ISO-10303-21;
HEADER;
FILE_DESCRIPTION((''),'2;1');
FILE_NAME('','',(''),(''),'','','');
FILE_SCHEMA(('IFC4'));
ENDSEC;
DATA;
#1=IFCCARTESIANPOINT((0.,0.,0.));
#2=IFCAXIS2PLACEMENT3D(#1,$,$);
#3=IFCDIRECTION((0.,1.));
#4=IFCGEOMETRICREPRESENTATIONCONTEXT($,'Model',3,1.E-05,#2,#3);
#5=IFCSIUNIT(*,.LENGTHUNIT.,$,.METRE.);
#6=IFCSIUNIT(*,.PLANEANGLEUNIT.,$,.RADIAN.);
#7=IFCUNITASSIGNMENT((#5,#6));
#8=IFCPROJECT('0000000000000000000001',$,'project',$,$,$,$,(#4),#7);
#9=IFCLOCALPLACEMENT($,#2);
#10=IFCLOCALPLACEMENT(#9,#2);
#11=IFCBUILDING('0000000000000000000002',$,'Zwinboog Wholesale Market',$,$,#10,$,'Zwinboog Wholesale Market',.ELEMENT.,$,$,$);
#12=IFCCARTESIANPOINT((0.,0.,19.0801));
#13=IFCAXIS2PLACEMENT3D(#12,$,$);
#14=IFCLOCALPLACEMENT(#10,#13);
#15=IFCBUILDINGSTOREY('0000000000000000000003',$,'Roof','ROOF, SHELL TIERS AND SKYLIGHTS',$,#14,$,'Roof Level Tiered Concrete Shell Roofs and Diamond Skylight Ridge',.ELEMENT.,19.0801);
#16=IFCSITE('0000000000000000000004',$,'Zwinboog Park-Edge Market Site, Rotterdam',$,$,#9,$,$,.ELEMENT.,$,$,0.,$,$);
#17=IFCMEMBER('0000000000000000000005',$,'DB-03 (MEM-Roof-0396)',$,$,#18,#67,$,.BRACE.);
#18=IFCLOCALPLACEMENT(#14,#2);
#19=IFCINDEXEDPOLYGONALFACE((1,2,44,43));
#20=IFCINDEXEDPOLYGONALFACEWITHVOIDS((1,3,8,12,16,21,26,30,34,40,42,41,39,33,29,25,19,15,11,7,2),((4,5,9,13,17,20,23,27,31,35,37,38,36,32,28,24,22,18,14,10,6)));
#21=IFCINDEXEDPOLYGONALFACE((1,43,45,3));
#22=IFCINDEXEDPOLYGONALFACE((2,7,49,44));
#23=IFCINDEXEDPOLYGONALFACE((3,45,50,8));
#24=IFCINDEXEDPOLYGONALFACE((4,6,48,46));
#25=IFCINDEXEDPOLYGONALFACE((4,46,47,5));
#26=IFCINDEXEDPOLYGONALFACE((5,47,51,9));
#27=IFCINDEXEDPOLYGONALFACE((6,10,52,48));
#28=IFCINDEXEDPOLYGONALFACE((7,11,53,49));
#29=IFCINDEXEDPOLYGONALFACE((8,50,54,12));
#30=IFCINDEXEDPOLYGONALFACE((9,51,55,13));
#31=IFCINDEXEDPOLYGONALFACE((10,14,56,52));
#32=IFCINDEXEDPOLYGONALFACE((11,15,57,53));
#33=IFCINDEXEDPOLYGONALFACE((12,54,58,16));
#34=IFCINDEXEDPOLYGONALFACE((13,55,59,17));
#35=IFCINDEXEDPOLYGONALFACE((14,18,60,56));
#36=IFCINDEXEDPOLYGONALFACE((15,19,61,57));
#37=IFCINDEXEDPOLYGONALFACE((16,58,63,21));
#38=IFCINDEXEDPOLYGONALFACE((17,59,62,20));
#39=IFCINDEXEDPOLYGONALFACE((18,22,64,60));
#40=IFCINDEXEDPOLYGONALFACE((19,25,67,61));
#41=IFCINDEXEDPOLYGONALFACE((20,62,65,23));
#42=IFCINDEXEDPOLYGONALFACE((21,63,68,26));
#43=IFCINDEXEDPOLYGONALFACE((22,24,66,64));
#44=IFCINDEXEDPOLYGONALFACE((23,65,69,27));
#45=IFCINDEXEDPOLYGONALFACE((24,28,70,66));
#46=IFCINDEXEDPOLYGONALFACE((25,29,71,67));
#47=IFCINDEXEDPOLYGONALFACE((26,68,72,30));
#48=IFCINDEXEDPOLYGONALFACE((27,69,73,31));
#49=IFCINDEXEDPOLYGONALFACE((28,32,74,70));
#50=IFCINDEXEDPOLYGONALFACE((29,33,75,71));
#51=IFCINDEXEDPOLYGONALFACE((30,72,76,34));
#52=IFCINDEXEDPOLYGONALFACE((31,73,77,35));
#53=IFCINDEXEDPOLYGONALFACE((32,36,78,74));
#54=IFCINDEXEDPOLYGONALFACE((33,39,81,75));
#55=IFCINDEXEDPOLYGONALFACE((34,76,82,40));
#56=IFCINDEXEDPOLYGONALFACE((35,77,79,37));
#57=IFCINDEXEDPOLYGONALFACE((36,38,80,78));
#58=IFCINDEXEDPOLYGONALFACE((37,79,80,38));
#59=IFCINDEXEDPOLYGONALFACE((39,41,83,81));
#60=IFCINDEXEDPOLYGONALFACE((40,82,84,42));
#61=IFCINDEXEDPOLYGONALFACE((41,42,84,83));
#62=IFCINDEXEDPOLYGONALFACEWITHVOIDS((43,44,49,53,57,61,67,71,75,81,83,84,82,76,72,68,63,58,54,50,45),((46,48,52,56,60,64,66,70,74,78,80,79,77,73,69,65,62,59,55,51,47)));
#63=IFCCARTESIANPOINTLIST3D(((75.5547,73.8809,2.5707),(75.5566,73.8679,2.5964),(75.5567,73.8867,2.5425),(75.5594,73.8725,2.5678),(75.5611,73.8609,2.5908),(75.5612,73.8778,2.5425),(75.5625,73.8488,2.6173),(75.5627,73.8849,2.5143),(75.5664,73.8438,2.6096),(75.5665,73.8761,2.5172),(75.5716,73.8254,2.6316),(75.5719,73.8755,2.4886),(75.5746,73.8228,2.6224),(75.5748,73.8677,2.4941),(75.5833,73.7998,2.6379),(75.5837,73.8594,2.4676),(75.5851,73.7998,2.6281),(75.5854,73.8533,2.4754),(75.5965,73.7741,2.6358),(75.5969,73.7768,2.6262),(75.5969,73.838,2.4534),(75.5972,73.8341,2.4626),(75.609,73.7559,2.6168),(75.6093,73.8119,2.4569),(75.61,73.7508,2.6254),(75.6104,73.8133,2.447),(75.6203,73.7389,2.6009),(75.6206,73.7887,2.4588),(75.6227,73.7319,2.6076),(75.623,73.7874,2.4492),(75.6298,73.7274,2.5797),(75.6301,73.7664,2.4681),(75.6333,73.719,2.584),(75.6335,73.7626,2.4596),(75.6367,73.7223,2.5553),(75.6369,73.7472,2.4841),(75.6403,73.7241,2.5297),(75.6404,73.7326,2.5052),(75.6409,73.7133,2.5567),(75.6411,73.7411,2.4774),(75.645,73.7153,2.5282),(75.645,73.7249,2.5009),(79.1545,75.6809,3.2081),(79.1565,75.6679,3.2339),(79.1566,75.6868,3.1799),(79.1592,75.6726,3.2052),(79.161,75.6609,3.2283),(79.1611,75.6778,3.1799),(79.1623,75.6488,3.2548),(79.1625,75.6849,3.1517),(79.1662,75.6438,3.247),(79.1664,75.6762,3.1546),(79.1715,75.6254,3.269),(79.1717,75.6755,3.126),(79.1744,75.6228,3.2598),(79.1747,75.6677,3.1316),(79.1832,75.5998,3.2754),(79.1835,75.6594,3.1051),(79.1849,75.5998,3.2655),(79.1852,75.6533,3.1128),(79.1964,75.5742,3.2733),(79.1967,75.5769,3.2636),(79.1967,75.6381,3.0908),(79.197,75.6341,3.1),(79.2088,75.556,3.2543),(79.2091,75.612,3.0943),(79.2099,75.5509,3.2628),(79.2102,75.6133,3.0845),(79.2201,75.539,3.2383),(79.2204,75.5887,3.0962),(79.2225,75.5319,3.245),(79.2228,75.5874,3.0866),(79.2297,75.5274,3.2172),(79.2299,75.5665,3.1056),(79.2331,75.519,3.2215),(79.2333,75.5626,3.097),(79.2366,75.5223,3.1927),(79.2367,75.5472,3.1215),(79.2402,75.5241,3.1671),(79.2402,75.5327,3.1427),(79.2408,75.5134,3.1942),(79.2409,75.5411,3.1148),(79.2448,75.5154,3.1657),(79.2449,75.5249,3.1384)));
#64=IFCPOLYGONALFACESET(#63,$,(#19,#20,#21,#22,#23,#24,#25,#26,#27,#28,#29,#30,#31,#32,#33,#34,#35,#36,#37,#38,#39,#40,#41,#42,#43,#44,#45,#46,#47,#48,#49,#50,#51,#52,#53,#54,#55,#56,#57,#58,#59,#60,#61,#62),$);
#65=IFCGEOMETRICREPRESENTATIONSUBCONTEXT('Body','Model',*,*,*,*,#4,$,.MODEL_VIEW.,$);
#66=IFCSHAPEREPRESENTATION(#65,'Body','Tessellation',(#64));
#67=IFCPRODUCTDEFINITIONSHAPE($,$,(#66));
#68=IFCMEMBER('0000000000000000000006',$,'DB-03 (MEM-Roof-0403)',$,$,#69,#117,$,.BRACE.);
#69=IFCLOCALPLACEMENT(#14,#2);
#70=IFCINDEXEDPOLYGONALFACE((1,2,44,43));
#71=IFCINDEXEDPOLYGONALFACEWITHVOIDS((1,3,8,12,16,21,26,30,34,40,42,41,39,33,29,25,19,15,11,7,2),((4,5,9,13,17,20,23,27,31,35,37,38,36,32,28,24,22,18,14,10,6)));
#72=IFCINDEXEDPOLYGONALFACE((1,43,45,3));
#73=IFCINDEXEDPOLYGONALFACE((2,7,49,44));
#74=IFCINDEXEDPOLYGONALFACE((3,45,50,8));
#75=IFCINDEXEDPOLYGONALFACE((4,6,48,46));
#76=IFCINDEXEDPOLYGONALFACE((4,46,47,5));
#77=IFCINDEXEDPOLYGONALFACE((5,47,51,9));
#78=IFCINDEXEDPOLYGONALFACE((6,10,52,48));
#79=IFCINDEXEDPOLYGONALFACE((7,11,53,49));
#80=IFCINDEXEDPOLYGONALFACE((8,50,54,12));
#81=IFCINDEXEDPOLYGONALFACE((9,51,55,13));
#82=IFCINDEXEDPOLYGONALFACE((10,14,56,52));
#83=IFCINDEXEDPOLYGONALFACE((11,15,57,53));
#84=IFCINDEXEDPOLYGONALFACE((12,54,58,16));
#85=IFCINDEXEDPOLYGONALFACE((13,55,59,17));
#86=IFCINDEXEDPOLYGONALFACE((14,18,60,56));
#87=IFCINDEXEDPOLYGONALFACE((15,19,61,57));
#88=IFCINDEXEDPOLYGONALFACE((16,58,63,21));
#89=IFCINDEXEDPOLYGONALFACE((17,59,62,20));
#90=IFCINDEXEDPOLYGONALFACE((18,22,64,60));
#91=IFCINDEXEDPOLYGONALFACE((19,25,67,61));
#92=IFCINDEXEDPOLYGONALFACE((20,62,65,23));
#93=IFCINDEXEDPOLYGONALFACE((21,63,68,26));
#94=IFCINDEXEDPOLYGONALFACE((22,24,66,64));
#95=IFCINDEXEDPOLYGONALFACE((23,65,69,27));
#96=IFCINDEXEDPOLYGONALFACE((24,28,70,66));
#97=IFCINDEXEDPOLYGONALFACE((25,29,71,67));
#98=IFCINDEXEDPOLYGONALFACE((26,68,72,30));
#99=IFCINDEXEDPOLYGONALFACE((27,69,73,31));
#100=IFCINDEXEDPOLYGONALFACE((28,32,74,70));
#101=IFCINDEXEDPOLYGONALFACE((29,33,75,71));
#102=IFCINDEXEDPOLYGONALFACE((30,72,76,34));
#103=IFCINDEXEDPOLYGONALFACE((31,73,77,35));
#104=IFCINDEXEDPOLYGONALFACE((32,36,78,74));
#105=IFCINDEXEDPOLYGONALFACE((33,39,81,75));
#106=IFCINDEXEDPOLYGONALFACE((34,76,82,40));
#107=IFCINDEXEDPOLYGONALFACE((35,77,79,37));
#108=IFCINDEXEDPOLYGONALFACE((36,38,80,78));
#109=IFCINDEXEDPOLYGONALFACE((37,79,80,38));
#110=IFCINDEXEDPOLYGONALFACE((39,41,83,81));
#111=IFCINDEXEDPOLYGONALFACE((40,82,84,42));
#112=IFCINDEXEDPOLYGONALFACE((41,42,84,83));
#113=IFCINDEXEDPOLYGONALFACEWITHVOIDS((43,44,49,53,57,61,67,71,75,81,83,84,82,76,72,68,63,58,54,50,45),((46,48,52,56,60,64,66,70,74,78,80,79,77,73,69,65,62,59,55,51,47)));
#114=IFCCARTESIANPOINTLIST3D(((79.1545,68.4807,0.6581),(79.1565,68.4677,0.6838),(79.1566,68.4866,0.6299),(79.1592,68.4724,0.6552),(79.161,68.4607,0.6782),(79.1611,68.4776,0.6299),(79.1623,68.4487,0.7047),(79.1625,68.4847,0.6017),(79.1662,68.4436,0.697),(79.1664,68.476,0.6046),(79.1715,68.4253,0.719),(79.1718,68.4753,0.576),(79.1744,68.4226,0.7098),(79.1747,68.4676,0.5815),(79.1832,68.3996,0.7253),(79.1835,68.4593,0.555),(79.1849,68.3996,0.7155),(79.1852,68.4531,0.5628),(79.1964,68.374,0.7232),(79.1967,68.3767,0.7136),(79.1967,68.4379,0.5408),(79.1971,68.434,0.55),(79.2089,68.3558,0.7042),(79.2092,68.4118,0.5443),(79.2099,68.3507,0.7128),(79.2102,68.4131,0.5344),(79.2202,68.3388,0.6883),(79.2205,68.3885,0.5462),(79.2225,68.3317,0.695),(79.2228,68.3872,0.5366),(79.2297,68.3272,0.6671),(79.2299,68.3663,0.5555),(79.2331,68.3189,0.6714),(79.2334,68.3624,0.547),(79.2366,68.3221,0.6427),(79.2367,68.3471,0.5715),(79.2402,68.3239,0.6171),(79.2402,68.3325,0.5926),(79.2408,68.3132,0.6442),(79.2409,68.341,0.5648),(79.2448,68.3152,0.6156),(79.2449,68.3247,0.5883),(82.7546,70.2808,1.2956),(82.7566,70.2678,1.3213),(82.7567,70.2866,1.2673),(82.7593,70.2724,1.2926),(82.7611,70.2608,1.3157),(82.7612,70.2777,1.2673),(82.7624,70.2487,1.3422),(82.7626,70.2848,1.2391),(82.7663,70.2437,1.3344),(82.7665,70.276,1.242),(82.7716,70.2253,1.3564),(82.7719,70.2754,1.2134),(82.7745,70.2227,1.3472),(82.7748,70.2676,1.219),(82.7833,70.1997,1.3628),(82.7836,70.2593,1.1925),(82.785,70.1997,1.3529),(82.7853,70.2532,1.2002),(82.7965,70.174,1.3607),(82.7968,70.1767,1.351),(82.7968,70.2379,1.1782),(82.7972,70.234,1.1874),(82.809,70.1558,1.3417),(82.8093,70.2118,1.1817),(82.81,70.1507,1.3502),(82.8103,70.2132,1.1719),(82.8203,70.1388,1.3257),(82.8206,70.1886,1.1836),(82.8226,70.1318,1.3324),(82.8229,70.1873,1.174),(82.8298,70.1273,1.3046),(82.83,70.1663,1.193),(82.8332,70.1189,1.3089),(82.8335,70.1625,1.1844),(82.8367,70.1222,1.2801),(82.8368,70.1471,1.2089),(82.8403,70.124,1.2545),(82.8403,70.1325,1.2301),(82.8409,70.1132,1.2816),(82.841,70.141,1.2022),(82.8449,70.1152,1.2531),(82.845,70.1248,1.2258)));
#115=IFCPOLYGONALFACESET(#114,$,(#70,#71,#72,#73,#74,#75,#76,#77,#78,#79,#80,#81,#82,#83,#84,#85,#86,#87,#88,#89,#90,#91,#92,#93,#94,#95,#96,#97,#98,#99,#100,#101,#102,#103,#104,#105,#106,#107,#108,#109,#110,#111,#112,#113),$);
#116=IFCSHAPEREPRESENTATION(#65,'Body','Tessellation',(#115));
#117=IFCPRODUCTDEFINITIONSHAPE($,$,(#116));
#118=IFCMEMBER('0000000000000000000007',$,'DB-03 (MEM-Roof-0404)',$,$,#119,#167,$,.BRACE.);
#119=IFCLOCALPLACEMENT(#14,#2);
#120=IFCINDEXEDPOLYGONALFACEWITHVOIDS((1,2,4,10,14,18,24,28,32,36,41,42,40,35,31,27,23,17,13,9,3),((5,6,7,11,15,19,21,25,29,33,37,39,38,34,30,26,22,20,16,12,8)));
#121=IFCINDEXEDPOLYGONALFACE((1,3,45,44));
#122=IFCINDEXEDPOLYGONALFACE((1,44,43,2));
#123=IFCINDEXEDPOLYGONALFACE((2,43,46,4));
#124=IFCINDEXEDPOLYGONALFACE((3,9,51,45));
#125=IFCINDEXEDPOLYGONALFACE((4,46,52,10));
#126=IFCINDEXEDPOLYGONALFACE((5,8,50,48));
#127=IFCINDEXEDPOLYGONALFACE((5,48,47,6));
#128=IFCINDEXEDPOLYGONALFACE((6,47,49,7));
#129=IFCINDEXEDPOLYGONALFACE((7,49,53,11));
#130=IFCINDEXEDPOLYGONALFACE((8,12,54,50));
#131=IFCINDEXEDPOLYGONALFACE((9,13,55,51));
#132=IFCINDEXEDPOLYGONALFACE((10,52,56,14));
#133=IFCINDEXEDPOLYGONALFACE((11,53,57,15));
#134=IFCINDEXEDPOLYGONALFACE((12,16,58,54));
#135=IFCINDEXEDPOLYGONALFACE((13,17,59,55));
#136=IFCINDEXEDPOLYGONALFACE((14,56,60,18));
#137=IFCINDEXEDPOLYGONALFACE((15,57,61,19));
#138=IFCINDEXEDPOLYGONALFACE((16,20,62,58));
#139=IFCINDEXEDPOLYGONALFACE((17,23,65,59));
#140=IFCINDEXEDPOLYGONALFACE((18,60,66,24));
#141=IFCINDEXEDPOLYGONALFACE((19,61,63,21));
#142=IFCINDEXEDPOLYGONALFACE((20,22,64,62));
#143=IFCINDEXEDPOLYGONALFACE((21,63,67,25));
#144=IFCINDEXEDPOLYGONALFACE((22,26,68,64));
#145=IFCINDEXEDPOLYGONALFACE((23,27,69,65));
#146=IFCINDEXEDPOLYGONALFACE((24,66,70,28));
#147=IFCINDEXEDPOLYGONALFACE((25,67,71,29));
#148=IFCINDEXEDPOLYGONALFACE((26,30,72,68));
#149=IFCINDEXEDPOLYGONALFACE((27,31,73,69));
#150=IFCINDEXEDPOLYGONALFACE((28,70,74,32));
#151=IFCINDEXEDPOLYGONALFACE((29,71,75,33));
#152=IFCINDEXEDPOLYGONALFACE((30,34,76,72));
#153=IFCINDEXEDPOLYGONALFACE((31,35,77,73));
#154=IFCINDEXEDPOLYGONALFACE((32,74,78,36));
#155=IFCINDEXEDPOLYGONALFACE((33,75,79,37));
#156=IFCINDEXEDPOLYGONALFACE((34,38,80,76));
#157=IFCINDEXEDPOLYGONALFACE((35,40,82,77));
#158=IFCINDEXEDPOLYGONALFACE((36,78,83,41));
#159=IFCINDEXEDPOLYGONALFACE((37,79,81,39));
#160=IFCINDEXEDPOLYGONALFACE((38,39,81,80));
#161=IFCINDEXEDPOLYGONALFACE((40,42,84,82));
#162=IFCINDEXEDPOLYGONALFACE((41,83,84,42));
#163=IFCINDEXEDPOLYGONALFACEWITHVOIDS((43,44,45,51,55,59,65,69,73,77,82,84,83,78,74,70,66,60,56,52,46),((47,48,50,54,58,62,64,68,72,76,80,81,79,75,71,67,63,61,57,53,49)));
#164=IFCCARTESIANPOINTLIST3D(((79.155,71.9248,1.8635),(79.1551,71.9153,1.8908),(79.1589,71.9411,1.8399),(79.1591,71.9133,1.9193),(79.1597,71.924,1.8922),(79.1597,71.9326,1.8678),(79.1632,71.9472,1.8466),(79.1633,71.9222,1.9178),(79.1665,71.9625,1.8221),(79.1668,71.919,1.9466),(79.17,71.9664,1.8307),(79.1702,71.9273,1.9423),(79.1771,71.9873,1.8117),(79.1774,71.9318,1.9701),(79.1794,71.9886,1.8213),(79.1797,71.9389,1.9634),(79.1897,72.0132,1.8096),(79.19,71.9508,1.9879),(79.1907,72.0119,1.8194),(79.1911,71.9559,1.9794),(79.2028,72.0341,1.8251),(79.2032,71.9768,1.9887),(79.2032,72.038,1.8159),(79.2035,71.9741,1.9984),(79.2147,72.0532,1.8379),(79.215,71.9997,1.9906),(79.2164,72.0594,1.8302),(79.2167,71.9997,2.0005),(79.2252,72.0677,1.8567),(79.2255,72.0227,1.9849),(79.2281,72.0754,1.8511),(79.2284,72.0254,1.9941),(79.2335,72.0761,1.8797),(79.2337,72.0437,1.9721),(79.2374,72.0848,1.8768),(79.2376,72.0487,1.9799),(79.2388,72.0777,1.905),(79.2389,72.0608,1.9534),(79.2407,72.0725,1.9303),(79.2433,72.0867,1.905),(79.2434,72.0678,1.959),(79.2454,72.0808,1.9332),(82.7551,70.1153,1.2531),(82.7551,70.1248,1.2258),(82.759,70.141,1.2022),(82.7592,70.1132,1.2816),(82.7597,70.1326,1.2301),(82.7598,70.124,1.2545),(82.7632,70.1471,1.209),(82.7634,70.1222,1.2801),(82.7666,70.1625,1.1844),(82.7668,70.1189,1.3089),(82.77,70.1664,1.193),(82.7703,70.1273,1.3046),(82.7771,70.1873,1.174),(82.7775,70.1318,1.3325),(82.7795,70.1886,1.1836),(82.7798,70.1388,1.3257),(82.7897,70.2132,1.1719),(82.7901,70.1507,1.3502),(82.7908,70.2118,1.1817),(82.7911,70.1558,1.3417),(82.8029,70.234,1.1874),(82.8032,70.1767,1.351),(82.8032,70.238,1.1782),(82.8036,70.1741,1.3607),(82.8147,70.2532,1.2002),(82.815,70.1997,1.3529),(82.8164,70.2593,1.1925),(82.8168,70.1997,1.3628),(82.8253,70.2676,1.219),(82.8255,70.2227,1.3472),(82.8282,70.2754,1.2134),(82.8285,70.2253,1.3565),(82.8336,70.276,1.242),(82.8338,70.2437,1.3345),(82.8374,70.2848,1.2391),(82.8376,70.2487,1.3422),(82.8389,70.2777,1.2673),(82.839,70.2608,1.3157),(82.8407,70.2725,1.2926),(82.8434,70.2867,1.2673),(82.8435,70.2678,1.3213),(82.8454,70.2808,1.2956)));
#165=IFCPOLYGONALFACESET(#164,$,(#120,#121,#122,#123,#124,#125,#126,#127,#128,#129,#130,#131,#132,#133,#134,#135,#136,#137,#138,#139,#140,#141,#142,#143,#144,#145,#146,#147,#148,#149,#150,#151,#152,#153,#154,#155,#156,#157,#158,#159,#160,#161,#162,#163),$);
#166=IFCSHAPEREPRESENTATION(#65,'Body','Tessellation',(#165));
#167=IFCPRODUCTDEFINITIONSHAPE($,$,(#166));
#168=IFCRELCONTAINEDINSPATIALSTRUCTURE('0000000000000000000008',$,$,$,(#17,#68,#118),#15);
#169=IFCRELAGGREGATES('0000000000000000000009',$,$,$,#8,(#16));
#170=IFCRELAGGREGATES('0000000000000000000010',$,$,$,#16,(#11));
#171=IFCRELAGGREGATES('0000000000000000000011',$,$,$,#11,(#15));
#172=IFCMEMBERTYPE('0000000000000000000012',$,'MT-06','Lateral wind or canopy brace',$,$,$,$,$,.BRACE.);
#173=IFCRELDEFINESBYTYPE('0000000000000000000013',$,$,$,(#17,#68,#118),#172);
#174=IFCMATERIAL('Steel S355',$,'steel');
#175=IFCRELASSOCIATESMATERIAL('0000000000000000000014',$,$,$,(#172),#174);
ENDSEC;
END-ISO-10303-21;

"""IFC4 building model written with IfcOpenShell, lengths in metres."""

from ifc_helpers import new_model, si_unit, direction, frame, origin, origin_2d, place, context, subcontext, project, spatial, hollow_circle, extrude, material, material_profile, profile_set, type_object, element, save


model = new_model("IFC4")

# Units and contexts
model_context = context("Model", 3, precision=1e-05, world=origin(), true_north=direction((0.0, 1.0)))
body_context = subcontext(model_context, "Body", "Model", "MODEL_VIEW")
ifc_project = project(units=[si_unit("LENGTHUNIT", "METRE"), si_unit("PLANEANGLEUNIT", "RADIAN")], contexts=[model_context])

# Site, building, storey
site_placement = place(None, origin())
site = spatial("IfcSite", under=ifc_project, at=site_placement, Name="Zwinboog Park-Edge Market Site, Rotterdam", CompositionType="ELEMENT", RefElevation=0.0)
building_placement = place(site_placement, origin())
building = spatial("IfcBuilding", under=site, at=building_placement, Name="Zwinboog Wholesale Market", LongName="Zwinboog Wholesale Market", CompositionType="ELEMENT")
storey_placement = place(building_placement, frame((0.0, 0.0, 19.0801)))
storey = spatial("IfcBuildingStorey", under=building, at=storey_placement, Name="Roof", Description="ROOF, SHELL TIERS AND SKYLIGHTS", LongName="Roof Level Tiered Concrete Shell Roofs and Diamond Skylight Ridge", CompositionType="ELEMENT", Elevation=19.0801)

# Members
ifc_material_1 = material(Name="Steel S355", Category="steel")
ifc_material_profile_1 = material_profile(ifc_material_1, hollow_circle(Radius=0.0969, WallThickness=0.01, at=origin_2d()), Name="CHS 193.7x10")
ifc_profile_set_1 = profile_set([ifc_material_profile_1], Name="Steel S355")
member_type_1 = type_object("IfcMemberType", Name="MT-06", Description="Lateral wind or canopy brace", PredefinedType="BRACE", material=ifc_profile_set_1)
for number, where, z_axis, x_axis, name in (
    (1, (75.6001, 73.8, 2.5425), (0.883404, 0.441732, 0.15643), (-0.447238, 0.894415, 0.0), "DB-03 (MEM-Roof-0396)"),
):
    element("IfcMember", number, at=place(storey_placement, frame(where, z_axis=z_axis, x_axis=x_axis)), inside=storey, type_object=member_type_1, Name=name, PredefinedType="BRACE", context=body_context, shape_type="SweptSolid", body=[
        extrude(hollow_circle(Radius=0.0969, WallThickness=0.01, at=origin_2d()), origin(), (0.0, 0.0, 1.0), 4.075),
    ])
for number, where, z_axis, x_axis, name in (
    (2, (79.2, 68.3999, 0.6299), (0.883417, 0.441709, 0.156422), (-0.447214, 0.894427, 0.0), "DB-03 (MEM-Roof-0403)"),
    (3, (79.2, 72.0, 1.905), (0.883409, -0.441704, -0.156481), (0.447214, 0.894427, 0.0), "DB-03 (MEM-Roof-0404)"),
):
    element("IfcMember", number, at=place(storey_placement, frame(where, z_axis=z_axis, x_axis=x_axis)), inside=storey, type_object=member_type_1, Name=name, PredefinedType="BRACE", context=body_context, shape_type="SweptSolid", body=[
        extrude(hollow_circle(Radius=0.0969, WallThickness=0.01, at=origin_2d()), origin(), (0.0, 0.0, 1.0), 4.0752),
    ])

save(model, "model.ifc")
